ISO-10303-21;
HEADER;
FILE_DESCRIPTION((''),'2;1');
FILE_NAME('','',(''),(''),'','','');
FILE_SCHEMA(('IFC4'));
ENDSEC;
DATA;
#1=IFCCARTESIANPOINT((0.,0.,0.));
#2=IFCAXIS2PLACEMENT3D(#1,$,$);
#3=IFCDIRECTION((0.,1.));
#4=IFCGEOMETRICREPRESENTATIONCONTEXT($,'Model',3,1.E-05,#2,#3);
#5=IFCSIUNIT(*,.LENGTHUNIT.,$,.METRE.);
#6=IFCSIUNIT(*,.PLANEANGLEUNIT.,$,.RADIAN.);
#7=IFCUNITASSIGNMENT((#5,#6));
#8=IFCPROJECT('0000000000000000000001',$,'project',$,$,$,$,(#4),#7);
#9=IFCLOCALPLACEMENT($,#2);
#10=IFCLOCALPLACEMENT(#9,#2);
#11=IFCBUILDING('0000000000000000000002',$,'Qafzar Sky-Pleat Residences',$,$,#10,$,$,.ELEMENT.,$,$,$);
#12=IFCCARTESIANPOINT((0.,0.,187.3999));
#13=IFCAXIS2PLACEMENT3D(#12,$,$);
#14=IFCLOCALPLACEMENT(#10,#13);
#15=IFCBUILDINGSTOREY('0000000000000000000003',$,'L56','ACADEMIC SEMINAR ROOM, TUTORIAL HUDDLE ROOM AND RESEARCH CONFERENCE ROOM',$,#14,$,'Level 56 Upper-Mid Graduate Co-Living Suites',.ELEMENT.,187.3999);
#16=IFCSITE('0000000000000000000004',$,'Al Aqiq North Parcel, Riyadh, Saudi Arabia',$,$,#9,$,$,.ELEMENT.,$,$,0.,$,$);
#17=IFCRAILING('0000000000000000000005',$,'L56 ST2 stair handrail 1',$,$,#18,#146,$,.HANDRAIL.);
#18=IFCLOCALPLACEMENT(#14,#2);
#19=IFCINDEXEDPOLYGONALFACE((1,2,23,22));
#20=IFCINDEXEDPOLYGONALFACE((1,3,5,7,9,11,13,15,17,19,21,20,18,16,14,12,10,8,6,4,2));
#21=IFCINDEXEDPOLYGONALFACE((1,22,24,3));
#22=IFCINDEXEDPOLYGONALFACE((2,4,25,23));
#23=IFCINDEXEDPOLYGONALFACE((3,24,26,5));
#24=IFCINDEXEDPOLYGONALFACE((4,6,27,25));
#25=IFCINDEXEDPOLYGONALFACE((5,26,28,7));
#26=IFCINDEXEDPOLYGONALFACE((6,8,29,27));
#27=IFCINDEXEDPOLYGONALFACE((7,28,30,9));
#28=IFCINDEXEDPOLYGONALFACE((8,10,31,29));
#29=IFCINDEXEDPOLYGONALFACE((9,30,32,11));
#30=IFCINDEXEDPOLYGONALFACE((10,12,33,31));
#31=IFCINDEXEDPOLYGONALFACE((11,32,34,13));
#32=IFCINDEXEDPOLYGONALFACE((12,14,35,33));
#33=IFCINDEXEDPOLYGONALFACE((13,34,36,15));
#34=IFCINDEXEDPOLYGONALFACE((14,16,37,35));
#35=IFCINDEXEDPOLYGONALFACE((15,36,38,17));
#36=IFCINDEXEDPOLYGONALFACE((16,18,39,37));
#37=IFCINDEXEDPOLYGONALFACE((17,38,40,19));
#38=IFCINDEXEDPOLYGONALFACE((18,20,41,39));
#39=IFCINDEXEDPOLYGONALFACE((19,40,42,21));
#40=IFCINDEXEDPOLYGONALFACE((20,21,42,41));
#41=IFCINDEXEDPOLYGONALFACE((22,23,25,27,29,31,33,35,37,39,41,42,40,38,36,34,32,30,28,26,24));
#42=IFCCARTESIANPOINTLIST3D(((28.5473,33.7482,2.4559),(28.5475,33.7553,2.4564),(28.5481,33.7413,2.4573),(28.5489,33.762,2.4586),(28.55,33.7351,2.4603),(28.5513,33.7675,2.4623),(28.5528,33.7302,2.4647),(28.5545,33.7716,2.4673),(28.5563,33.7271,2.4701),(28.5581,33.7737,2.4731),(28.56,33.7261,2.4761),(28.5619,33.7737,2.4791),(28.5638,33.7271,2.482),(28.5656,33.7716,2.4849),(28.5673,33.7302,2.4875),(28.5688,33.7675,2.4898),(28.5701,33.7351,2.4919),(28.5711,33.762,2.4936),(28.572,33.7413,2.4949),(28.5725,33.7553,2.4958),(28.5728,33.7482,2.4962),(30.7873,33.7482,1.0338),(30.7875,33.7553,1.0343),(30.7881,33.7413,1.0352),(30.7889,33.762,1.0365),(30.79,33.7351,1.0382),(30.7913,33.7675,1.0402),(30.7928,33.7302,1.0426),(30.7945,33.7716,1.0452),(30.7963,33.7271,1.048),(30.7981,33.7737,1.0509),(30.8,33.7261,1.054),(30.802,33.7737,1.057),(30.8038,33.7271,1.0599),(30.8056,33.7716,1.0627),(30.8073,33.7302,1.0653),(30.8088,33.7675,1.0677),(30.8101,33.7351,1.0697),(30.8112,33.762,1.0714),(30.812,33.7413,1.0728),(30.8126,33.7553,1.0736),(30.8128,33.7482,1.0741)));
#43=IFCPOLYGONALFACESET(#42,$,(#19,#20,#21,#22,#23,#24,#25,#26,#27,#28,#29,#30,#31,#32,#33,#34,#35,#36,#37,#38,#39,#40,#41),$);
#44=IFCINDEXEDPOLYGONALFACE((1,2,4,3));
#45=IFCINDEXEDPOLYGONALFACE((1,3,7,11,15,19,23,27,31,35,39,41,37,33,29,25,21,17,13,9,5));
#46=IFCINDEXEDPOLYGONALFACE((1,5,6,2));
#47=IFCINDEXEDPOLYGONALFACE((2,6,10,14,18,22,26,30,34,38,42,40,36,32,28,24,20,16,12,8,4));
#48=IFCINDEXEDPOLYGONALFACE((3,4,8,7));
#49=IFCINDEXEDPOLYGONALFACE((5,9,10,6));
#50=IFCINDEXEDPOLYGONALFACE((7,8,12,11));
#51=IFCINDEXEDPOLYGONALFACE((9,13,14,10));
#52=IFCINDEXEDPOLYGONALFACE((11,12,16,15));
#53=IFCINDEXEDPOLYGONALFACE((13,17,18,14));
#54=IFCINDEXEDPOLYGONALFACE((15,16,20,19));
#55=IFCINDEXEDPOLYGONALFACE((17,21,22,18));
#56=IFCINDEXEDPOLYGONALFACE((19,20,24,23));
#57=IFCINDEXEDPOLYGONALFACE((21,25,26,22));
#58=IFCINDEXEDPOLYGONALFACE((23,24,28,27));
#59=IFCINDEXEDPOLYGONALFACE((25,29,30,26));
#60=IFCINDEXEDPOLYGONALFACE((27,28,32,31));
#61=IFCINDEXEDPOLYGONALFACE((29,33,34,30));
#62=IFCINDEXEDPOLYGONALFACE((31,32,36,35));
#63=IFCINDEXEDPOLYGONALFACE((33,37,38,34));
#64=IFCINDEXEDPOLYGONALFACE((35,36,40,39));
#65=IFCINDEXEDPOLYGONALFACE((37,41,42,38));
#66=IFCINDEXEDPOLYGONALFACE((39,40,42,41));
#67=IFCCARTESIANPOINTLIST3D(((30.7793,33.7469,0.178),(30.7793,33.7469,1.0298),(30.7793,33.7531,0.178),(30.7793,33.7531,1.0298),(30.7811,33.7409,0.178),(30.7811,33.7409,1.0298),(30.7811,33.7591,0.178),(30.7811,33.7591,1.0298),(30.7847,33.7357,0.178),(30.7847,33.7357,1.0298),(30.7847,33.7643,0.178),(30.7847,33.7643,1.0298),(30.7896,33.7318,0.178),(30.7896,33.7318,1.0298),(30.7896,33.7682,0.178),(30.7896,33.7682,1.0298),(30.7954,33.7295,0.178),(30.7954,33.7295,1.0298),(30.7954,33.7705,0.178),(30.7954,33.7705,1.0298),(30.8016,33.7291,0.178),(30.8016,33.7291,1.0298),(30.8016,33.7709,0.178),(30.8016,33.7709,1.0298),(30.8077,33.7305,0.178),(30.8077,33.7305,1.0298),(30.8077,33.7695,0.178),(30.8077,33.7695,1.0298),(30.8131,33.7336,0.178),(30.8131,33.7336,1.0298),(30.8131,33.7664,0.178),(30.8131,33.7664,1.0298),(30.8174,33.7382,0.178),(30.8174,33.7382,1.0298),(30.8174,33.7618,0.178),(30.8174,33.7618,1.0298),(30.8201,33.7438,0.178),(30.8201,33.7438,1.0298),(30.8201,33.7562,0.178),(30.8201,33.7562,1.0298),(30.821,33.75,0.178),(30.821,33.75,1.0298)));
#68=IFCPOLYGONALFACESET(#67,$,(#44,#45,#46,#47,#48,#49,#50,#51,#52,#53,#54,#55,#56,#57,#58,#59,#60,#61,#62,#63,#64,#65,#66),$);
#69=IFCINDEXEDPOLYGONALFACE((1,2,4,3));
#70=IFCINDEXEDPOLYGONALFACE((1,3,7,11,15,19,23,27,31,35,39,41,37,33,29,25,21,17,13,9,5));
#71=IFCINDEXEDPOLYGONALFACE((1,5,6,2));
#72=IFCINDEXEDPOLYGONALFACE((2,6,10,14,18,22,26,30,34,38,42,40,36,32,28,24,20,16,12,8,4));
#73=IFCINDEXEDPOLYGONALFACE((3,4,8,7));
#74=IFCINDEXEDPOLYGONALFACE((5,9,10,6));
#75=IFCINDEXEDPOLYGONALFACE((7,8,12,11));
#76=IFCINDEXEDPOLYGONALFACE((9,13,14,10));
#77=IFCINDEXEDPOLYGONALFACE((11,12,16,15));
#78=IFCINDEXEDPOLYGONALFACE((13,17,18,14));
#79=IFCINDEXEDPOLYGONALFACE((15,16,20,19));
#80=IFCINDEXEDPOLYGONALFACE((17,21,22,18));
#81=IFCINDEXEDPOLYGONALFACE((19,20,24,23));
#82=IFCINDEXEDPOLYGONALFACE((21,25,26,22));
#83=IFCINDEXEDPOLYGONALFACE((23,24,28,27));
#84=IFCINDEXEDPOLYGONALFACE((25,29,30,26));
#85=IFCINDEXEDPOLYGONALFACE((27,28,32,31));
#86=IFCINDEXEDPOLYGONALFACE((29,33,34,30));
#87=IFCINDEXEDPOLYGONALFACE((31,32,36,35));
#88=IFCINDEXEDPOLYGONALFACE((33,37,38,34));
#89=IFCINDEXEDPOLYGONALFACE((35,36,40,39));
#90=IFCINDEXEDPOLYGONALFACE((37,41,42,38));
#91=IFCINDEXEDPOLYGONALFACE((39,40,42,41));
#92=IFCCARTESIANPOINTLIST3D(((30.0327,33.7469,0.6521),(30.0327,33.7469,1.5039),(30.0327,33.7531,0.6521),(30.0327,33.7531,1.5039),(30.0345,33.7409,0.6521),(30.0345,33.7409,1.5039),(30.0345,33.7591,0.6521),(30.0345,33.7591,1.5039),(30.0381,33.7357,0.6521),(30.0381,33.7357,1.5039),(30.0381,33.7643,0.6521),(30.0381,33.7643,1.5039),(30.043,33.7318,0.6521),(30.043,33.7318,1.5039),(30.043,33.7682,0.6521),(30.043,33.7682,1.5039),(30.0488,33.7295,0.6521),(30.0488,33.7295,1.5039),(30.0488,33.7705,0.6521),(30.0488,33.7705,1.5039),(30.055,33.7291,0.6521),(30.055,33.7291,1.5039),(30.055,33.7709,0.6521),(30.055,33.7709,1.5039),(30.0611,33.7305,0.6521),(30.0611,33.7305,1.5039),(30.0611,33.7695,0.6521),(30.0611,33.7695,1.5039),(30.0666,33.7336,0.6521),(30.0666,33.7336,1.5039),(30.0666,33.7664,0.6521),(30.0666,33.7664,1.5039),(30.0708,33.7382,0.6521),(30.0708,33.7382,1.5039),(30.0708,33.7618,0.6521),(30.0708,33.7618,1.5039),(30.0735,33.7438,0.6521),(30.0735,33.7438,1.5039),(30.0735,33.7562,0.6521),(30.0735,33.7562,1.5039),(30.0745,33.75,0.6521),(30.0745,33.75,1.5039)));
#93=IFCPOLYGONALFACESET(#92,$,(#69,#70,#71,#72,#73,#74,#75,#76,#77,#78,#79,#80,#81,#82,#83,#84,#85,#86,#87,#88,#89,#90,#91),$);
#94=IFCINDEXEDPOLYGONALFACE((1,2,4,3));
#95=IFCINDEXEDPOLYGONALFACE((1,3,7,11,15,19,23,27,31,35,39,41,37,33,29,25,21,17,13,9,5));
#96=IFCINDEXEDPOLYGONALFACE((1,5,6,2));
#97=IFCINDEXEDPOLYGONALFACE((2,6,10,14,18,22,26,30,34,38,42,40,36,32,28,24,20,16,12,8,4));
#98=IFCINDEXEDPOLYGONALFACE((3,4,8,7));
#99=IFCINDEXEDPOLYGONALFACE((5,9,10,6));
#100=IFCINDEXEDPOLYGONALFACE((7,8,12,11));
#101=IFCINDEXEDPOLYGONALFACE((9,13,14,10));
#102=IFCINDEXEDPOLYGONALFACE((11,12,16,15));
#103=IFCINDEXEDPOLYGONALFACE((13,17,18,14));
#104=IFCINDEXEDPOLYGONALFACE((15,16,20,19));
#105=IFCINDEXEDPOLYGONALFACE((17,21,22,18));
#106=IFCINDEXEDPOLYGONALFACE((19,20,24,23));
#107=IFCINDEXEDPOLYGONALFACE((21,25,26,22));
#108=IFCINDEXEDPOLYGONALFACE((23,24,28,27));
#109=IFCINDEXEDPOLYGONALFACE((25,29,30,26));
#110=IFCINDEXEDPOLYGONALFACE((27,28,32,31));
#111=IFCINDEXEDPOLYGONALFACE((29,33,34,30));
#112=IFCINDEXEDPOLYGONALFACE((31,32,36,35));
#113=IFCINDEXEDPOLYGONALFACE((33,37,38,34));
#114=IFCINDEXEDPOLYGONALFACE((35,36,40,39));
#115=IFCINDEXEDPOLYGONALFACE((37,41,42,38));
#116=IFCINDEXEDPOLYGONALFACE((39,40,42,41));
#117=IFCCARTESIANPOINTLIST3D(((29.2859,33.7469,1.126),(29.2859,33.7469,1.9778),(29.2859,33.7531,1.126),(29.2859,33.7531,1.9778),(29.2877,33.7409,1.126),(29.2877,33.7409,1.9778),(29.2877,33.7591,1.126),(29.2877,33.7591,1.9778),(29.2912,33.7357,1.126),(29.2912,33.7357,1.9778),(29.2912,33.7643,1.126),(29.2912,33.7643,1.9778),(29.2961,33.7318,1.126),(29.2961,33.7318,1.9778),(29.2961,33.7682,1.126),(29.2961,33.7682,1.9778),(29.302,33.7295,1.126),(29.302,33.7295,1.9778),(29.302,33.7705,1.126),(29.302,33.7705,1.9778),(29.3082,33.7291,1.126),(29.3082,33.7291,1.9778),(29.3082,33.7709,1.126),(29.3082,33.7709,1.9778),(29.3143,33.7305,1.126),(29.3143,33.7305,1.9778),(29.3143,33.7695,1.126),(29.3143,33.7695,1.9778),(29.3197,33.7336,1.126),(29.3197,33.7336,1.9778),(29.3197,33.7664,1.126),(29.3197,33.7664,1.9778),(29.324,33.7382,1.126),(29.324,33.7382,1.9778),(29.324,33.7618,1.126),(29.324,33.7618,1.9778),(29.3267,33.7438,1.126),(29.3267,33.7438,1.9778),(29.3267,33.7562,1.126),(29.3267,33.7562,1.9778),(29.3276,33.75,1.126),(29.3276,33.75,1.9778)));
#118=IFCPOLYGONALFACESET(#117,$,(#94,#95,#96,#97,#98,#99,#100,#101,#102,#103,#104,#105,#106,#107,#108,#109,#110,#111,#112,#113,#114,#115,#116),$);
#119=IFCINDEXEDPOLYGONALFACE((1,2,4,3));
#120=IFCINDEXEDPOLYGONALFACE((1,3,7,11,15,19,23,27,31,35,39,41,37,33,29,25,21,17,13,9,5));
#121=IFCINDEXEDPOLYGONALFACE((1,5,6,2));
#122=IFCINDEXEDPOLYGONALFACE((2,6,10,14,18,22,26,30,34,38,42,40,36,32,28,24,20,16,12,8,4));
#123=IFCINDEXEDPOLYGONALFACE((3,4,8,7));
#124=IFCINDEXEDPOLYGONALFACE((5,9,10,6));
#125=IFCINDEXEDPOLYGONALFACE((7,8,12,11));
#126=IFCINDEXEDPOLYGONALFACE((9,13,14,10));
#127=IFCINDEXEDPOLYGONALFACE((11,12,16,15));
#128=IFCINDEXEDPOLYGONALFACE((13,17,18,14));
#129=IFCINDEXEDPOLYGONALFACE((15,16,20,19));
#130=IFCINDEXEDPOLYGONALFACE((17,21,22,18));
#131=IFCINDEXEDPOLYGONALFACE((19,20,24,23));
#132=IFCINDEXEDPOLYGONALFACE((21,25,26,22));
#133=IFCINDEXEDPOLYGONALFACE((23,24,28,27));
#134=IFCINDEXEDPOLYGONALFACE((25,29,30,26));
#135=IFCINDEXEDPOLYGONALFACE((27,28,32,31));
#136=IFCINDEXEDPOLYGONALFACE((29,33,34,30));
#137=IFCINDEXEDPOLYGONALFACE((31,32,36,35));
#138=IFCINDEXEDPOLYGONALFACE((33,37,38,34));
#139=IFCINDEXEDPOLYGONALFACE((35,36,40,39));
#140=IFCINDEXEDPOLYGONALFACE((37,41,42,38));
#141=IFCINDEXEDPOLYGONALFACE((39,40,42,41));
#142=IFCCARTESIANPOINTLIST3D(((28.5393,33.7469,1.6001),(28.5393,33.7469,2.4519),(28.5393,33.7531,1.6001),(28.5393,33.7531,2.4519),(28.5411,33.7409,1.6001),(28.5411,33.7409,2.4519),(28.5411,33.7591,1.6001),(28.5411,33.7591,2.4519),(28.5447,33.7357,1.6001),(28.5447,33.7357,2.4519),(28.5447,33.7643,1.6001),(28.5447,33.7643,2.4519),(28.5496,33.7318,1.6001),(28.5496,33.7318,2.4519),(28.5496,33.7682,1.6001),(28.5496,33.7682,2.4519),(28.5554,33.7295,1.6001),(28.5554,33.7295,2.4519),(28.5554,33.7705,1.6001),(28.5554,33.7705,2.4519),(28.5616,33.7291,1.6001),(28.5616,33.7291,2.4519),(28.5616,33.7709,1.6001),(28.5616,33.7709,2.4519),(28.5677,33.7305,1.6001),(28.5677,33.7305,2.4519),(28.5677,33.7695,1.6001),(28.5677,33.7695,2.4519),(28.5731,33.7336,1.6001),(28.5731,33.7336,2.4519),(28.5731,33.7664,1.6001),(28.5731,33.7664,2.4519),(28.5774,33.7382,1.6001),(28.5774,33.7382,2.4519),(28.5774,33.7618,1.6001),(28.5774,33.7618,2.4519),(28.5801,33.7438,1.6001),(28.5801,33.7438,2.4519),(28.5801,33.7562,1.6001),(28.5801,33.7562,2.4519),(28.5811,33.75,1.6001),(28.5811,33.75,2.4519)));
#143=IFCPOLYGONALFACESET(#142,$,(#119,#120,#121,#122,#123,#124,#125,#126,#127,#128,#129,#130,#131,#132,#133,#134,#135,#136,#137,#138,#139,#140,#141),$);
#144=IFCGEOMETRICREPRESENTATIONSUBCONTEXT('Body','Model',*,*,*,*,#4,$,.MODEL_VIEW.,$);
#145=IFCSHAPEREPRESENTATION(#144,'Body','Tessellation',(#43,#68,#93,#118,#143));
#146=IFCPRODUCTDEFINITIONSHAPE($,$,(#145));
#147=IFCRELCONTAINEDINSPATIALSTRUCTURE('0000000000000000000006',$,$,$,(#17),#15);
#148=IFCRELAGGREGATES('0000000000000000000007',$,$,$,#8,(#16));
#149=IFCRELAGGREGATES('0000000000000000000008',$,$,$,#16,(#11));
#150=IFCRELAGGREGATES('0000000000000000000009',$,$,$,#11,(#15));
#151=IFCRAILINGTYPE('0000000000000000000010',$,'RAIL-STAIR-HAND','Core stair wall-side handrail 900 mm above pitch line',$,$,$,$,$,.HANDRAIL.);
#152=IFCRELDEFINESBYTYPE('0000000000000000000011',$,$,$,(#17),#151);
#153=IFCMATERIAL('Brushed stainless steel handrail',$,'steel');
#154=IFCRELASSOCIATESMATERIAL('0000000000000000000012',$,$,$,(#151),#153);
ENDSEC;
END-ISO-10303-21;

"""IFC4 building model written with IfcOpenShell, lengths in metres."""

from ifc_helpers import new_model, si_unit, direction, frame, origin, origin_2d, place, context, subcontext, project, spatial, circle, extrude, source, transform, mapped, material, type_object, element, save


model = new_model("IFC4")

# Units and contexts
model_context = context("Model", 3, precision=1e-05, world=origin(), true_north=direction((0.0, 1.0)))
body_context = subcontext(model_context, "Body", "Model", "MODEL_VIEW")
ifc_project = project(units=[si_unit("LENGTHUNIT", "METRE"), si_unit("PLANEANGLEUNIT", "RADIAN")], contexts=[model_context])

# Site, building, storey
site_placement = place(None, origin())
site = spatial("IfcSite", under=ifc_project, at=site_placement, Name="Al Aqiq North Parcel, Riyadh, Saudi Arabia", CompositionType="ELEMENT", RefElevation=0.0)
building_placement = place(site_placement, origin())
building = spatial("IfcBuilding", under=site, at=building_placement, Name="Qafzar Sky-Pleat Residences", CompositionType="ELEMENT")
storey_placement = place(building_placement, frame((0.0, 0.0, 187.3999)))
storey = spatial("IfcBuildingStorey", under=building, at=storey_placement, Name="L56", Description="ACADEMIC SEMINAR ROOM, TUTORIAL HUDDLE ROOM AND RESEARCH CONFERENCE ROOM", LongName="Level 56 Upper-Mid Graduate Co-Living Suites", CompositionType="ELEMENT", Elevation=187.3999)

# Railing
ifc_material_1 = material(Name="Brushed stainless steel handrail", Category="steel")
railing_type_1 = type_object("IfcRailingType", Name="RAIL-STAIR-HAND", Description="Core stair wall-side handrail 900 mm above pitch line", PredefinedType="HANDRAIL", material=ifc_material_1)
shared_shape_1 = source(origin(), body_context, "Body", "SweptSolid", [
    extrude(circle(Radius=0.0239, at=origin_2d()), frame((0.0, 0.0, 0.876), z_axis=(-0.844229, 0.0, 0.535982), x_axis=(0.0, -1.0, 0.0)), (0.0, 0.0, 1.0), 2.6533),
    extrude(circle(Radius=0.021, at=origin_2d()), origin(), (0.0, 0.0, 1.0), 0.8518),
    extrude(circle(Radius=0.021, at=origin_2d()), frame((-0.7466, 0.0, 0.4741)), (0.0, 0.0, 1.0), 0.8518),
    extrude(circle(Radius=0.021, at=origin_2d()), frame((-1.4934, 0.0, 0.948)), (0.0, 0.0, 1.0), 0.8518),
    extrude(circle(Radius=0.021, at=origin_2d()), frame((-2.24, 0.0, 1.4221)), (0.0, 0.0, 1.0), 0.8518),
])
railing_1_placement = place(storey_placement, frame((30.8, 33.75, 0.178)))
element("IfcRailing", 1, at=railing_1_placement, inside=storey, type_object=railing_type_1, Name="L56 ST2 stair handrail 1", PredefinedType="HANDRAIL", context=body_context, shape_type="MappedRepresentation", body=[
    mapped(shared_shape_1, transform((0.0, 0.0, 0.0), x_axis=(1.0, 0.0, 0.0), y_axis=(0.0, 1.0, 0.0), z_axis=(0.0, 0.0, 1.0), scale=1.0)),
])

save(model, "model.ifc")
